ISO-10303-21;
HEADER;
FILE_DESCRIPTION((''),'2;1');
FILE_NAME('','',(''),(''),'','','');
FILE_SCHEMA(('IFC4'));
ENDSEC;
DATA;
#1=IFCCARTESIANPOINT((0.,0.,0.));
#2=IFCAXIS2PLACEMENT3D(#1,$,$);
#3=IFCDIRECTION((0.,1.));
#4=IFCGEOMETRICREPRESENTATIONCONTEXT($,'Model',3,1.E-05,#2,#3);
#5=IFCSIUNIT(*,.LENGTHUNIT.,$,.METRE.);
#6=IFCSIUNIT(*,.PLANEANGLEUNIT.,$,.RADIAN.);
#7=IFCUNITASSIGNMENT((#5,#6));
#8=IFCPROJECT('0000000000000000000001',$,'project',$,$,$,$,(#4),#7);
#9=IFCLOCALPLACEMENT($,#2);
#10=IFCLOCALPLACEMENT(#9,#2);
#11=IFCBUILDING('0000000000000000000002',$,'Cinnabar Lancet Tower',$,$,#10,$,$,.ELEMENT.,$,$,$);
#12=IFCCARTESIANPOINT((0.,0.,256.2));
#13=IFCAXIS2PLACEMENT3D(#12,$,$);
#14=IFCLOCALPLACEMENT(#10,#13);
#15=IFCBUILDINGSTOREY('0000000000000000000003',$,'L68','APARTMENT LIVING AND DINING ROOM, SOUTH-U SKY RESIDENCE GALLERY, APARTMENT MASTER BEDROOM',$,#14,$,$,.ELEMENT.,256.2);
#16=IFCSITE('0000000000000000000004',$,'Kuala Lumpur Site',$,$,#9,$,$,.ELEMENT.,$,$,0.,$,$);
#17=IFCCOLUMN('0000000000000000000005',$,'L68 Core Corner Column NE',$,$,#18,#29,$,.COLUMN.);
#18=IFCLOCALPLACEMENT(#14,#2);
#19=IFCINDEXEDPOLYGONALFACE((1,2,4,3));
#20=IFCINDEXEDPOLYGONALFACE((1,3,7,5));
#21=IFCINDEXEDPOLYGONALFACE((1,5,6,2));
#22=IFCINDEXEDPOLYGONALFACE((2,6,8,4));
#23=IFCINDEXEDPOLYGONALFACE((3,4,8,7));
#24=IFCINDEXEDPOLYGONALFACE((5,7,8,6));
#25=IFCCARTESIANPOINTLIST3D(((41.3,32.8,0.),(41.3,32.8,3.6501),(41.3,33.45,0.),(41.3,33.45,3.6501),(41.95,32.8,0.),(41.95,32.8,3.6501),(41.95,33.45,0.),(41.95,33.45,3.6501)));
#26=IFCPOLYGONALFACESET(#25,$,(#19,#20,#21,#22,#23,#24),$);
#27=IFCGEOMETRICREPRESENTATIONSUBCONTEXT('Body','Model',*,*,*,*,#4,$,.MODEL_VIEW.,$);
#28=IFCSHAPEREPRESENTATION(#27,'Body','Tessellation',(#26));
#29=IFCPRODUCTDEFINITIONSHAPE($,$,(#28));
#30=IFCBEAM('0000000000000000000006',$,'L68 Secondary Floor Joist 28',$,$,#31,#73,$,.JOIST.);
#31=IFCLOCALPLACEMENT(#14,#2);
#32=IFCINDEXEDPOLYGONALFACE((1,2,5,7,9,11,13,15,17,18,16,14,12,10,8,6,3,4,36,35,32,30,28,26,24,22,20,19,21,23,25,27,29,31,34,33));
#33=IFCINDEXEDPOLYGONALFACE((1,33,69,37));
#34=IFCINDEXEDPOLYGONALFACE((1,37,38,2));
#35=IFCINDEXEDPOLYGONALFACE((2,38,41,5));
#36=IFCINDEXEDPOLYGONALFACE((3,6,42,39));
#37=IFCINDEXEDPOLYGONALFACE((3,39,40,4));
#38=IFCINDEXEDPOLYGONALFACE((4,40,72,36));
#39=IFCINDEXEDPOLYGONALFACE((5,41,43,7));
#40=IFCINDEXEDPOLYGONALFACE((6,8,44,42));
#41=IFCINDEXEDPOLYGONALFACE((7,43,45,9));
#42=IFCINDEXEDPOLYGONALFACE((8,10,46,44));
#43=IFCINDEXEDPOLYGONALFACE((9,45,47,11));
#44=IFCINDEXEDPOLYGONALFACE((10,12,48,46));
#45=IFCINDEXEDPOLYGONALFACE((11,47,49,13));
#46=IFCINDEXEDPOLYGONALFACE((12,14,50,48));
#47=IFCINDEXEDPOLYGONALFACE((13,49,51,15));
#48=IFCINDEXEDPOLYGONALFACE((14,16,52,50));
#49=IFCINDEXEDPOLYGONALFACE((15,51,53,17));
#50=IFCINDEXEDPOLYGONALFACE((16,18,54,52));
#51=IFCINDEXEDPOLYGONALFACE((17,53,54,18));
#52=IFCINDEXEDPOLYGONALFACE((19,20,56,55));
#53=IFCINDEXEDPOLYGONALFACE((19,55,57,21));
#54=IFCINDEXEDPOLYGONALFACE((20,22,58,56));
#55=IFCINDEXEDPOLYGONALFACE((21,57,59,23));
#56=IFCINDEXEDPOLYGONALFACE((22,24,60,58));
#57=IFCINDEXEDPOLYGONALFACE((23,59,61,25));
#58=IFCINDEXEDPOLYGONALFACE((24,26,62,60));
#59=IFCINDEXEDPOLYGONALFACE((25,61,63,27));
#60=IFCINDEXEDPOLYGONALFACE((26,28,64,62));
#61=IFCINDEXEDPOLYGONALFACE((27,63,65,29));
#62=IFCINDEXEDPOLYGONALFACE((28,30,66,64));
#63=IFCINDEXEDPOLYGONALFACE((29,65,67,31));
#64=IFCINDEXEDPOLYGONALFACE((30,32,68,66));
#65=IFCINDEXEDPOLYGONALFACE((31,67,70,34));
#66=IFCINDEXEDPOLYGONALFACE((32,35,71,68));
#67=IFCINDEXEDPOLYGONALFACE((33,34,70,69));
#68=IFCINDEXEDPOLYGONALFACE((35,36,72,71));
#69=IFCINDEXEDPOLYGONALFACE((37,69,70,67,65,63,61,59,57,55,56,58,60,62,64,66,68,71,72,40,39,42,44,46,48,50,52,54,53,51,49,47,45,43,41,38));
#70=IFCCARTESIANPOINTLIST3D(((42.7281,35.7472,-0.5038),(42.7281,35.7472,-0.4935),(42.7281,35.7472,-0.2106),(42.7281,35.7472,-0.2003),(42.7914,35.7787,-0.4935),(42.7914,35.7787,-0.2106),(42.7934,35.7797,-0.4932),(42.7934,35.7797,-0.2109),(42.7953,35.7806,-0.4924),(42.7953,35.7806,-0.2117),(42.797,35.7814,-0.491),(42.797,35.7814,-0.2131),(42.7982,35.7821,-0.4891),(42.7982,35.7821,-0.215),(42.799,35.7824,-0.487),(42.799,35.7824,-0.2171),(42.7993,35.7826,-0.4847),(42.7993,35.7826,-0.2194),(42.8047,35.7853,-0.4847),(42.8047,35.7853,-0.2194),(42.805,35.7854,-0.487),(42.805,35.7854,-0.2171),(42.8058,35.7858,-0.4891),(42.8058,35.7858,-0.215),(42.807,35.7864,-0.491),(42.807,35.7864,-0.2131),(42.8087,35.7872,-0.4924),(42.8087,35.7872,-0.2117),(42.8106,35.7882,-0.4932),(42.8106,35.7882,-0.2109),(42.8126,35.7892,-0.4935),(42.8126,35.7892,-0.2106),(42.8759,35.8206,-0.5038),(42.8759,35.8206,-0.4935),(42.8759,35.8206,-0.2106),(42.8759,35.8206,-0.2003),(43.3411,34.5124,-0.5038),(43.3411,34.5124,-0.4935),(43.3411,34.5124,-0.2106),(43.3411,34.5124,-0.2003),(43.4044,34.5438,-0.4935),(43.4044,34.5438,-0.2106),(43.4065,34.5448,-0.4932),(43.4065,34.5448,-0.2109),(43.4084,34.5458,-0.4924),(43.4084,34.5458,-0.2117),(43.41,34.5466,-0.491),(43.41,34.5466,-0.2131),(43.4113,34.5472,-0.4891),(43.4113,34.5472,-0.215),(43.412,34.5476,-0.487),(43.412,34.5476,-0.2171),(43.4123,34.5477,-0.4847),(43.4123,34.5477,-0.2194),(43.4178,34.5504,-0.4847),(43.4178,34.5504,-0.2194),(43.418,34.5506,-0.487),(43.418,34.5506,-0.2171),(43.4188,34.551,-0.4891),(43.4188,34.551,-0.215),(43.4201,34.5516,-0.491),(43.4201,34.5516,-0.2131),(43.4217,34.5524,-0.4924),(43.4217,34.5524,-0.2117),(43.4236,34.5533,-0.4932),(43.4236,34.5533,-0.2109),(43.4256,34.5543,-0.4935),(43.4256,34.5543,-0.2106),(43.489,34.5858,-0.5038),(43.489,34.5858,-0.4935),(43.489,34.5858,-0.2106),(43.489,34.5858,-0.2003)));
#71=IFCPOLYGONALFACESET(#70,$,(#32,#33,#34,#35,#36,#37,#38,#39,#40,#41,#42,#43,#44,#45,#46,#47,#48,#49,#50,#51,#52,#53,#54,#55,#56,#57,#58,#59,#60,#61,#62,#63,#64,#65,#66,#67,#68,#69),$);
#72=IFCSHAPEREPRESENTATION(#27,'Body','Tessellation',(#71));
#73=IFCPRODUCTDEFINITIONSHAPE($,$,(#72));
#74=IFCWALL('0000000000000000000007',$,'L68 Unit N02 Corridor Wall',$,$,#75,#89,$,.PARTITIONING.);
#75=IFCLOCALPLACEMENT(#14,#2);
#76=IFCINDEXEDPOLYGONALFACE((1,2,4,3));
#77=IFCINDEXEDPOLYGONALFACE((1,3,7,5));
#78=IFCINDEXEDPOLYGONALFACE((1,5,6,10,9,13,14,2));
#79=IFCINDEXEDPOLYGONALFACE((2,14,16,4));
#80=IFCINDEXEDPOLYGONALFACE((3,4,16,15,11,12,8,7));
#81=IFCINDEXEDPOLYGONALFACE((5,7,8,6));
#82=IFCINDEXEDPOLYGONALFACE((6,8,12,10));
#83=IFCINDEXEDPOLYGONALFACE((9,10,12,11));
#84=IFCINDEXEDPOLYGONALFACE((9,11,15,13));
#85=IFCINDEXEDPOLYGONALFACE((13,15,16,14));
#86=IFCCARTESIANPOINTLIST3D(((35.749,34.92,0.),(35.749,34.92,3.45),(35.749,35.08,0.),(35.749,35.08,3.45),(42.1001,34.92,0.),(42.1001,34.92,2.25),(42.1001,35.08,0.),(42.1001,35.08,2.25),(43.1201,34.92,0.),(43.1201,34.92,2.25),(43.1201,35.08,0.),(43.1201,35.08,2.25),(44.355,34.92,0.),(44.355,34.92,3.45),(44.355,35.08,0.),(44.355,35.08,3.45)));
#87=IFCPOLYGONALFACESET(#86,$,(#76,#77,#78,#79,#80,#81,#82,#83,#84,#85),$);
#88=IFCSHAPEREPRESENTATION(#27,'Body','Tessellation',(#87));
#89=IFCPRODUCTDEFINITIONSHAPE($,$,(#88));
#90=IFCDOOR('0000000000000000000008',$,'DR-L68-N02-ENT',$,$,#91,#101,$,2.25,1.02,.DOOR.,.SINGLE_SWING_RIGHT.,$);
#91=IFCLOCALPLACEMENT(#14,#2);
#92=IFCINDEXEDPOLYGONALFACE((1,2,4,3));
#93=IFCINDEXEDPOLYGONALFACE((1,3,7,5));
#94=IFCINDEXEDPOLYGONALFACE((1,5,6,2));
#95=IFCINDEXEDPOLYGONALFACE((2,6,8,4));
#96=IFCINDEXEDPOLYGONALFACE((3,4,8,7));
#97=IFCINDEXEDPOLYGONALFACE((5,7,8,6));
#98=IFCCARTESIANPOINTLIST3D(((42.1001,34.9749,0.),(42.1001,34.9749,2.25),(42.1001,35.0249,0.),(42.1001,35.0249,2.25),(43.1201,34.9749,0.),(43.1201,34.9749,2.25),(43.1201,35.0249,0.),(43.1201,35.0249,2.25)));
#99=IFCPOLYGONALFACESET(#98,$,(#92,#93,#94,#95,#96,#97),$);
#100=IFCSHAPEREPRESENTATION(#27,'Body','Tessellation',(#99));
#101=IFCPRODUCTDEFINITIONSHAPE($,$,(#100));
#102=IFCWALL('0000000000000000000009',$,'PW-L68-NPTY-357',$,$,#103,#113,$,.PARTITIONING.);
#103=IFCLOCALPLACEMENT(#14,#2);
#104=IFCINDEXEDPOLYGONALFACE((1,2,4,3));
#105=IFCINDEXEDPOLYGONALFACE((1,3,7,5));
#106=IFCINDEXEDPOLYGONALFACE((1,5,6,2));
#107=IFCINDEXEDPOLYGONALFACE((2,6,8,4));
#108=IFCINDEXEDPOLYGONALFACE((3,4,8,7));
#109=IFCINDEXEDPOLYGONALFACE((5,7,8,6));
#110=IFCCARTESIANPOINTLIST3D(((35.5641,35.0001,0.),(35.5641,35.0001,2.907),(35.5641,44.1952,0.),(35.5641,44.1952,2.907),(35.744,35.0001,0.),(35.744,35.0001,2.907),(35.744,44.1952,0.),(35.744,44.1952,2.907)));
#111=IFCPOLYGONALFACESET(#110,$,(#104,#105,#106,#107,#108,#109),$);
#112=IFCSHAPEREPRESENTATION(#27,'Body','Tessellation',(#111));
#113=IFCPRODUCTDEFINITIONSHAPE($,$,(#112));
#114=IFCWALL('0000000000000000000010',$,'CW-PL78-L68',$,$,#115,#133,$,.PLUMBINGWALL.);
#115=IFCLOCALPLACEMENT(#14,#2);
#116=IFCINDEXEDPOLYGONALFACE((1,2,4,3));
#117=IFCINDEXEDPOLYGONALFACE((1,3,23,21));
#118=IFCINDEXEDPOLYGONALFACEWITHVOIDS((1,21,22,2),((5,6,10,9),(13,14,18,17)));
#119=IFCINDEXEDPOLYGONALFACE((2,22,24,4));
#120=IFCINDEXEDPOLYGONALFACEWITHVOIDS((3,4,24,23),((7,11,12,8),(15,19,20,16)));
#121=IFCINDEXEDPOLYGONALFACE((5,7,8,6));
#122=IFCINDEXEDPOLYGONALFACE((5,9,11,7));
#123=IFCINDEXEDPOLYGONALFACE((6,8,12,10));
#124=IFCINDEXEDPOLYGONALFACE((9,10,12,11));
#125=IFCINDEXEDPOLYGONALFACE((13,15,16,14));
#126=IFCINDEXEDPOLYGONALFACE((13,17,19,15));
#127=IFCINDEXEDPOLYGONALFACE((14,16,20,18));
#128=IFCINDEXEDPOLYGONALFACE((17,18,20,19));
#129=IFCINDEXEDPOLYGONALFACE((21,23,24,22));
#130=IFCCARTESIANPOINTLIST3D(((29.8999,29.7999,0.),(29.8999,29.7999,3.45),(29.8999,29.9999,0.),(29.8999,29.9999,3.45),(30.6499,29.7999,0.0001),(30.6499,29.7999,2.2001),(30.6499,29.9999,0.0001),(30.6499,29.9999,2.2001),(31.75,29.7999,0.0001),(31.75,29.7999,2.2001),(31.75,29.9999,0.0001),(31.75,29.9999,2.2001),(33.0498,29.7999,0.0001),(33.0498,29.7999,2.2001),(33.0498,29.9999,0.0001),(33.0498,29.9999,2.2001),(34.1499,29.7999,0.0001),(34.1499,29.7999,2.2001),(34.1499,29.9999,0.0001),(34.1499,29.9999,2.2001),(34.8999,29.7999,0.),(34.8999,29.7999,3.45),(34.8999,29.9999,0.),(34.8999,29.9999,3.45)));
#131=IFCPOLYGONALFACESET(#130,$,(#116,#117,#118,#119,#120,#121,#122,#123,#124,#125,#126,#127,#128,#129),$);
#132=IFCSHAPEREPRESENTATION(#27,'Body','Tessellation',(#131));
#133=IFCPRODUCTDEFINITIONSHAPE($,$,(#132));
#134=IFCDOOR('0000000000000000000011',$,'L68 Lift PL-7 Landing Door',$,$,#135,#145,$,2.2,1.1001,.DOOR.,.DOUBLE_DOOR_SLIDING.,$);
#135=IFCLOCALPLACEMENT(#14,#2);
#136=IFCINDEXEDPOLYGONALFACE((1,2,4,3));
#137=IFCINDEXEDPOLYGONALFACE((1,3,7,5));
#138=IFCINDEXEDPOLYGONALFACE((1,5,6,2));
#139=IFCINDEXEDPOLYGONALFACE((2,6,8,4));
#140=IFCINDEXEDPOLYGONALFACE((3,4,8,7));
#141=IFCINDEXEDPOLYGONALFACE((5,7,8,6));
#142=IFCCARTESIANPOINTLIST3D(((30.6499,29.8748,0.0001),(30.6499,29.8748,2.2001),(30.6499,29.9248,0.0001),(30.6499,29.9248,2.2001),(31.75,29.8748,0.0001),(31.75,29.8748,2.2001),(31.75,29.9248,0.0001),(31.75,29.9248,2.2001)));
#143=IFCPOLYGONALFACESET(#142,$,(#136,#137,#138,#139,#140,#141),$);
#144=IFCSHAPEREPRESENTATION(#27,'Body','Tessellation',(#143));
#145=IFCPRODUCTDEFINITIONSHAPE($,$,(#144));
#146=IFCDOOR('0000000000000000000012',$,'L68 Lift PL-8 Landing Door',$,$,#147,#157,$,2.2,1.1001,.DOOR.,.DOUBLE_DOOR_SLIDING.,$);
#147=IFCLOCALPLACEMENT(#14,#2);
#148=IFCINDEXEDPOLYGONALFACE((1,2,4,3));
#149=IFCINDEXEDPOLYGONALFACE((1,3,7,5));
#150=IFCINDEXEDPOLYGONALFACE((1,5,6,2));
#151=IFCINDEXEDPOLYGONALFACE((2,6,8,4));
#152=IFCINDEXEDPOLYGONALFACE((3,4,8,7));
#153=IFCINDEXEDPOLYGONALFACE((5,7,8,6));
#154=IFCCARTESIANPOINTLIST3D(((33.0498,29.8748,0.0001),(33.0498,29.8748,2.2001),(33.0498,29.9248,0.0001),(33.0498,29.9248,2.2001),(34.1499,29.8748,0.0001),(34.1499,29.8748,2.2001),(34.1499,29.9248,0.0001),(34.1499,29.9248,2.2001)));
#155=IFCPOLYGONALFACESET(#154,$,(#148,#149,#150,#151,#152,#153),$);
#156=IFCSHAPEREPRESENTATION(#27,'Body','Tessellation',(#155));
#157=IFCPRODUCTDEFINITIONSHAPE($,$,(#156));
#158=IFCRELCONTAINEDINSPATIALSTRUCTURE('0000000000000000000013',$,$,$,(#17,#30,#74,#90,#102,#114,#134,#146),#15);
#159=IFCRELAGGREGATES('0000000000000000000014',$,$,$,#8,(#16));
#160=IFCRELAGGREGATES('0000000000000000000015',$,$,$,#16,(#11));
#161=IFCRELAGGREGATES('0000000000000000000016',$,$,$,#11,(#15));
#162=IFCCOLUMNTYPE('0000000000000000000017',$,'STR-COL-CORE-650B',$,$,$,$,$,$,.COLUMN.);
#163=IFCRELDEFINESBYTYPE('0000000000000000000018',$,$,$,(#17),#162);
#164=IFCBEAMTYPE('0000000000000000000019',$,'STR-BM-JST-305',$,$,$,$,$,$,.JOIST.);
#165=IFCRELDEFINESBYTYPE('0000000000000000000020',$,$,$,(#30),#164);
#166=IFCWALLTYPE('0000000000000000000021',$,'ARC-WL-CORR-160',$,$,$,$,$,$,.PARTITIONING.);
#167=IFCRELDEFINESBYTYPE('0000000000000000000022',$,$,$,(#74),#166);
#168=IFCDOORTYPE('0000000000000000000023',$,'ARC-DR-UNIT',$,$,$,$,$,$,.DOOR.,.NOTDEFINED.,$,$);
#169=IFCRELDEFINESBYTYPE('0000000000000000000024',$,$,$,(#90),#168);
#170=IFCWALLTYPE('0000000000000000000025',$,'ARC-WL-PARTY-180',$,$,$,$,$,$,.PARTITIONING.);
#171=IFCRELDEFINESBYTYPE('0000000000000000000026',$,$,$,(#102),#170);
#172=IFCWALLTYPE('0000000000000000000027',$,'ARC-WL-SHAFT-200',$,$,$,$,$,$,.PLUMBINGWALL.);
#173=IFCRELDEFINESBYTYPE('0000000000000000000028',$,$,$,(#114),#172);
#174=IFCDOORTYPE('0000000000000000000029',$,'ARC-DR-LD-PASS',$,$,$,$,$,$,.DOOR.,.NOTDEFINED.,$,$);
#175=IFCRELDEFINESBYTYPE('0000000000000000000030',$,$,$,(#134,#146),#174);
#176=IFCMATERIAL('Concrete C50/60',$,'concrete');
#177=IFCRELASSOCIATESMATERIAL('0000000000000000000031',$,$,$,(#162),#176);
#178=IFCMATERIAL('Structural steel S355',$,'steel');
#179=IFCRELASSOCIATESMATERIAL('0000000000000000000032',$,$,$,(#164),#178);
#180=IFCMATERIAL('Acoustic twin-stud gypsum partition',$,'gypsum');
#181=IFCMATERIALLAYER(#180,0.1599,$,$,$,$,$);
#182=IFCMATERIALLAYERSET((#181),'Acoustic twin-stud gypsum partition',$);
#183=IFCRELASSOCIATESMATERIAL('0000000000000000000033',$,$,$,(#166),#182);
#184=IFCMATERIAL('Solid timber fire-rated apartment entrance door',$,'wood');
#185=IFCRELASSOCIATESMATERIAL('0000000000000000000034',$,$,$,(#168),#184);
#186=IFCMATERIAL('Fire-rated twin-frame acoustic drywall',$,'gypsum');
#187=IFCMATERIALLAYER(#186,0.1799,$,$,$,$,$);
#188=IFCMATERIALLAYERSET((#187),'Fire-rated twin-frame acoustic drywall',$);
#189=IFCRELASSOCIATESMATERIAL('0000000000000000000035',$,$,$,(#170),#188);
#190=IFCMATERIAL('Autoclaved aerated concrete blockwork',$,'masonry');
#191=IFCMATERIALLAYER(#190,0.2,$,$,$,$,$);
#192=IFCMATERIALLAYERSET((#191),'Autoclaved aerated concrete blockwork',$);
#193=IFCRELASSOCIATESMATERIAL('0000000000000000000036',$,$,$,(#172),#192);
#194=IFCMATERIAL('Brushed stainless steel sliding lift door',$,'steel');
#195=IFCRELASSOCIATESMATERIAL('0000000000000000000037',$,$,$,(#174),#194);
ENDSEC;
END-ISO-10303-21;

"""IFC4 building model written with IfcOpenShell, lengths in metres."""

from ifc_helpers import new_model, si_unit, direction, frame, frame_2d, origin, origin_2d, place, context, subcontext, project, spatial, rectangle, i_section, extrude, material, layer, layer_set, material_profile, profile_set, type_object, element, fill, save


model = new_model("IFC4")

# Units and contexts
model_context = context("Model", 3, precision=1e-05, world=origin(), true_north=direction((0.0, 1.0)))
body_context = subcontext(model_context, "Body", "Model", "MODEL_VIEW")
ifc_project = project(units=[si_unit("LENGTHUNIT", "METRE"), si_unit("PLANEANGLEUNIT", "RADIAN")], contexts=[model_context])

# Site, building, storey
site_placement = place(None, origin())
site = spatial("IfcSite", under=ifc_project, at=site_placement, Name="Kuala Lumpur Site", CompositionType="ELEMENT", RefElevation=0.0)
building_placement = place(site_placement, origin())
building = spatial("IfcBuilding", under=site, at=building_placement, Name="Cinnabar Lancet Tower", CompositionType="ELEMENT")
storey_placement = place(building_placement, frame((0.0, 0.0, 256.2)))
storey = spatial("IfcBuildingStorey", under=building, at=storey_placement, Name="L68", Description="APARTMENT LIVING AND DINING ROOM, SOUTH-U SKY RESIDENCE GALLERY, APARTMENT MASTER BEDROOM", CompositionType="ELEMENT", Elevation=256.2)

# Column
ifc_material_1 = material(Name="Concrete C50/60", Category="concrete")
ifc_material_profile_1 = material_profile(ifc_material_1, rectangle(XDim=0.6499, YDim=0.6499, at=origin_2d()), Name="RC-COL 650x650")
ifc_profile_set_1 = profile_set([ifc_material_profile_1], Name="Concrete C50/60")
column_type = type_object("IfcColumnType", Name="STR-COL-CORE-650B", PredefinedType="COLUMN", material=ifc_profile_set_1)
column_placement = place(storey_placement, frame((41.625, 33.125, 0.0), z_axis=(0.0, 0.0, 1.0), x_axis=(1.0, 0.0, 0.0)))
element("IfcColumn", 1, at=column_placement, inside=storey, type_object=column_type, Name="L68 Core Corner Column NE", PredefinedType="COLUMN", context=body_context, shape_type="SweptSolid", body=[
    extrude(rectangle(XDim=0.6499, YDim=0.6499, at=origin_2d()), origin(), (0.0, 0.0, 1.0), 3.6501),
])

# Beam
ifc_material_2 = material(Name="Structural steel S355", Category="steel")
ifc_material_profile_2 = material_profile(ifc_material_2, i_section(OverallWidth=0.165, OverallDepth=0.3035, WebThickness=0.0061, FlangeThickness=0.0103, FilletRadius=0.0088, at=origin_2d()), Name="UKB 305x165x40")
ifc_profile_set_2 = profile_set([ifc_material_profile_2], Name="Structural steel S355")
beam_type = type_object("IfcBeamType", Name="STR-BM-JST-305", PredefinedType="JOIST", material=ifc_profile_set_2)
beam_placement = place(storey_placement, frame((43.415, 34.5491, -0.3521), z_axis=(-0.444662, 0.895699, 0.0), x_axis=(-0.895699, -0.444662, 0.0)))
element("IfcBeam", 2, at=beam_placement, inside=storey, type_object=beam_type, Name="L68 Secondary Floor Joist 28", PredefinedType="JOIST", context=body_context, shape_type="SweptSolid", body=[
    extrude(i_section(OverallWidth=0.165, OverallDepth=0.3035, WebThickness=0.0061, FlangeThickness=0.0103, FilletRadius=0.0088, at=origin_2d()), origin(), (0.0, 0.0, 1.0), 1.3787),
])

# Wall, opening, door
ifc_material_3 = material(Name="Acoustic twin-stud gypsum partition", Category="gypsum")
ifc_layer_1 = layer(ifc_material_3, 0.1599)
ifc_layer_set_1 = layer_set([ifc_layer_1], Name="Acoustic twin-stud gypsum partition")
wall_type_1 = type_object("IfcWallType", Name="ARC-WL-CORR-160", PredefinedType="PARTITIONING", material=ifc_layer_set_1)
wall_1_placement = place(storey_placement, frame((35.749, 35.0, 0.0), z_axis=(0.0, 0.0, 1.0), x_axis=(1.0, 0.0, 0.0)))
wall_1 = element("IfcWall", 3, at=wall_1_placement, inside=storey, type_object=wall_type_1, Name="L68 Unit N02 Corridor Wall", PredefinedType="PARTITIONING", context=body_context, shape_type="SweptSolid", body=[
    extrude(rectangle(XDim=8.606, YDim=0.1599, at=frame_2d((4.303, 0.0))), origin(), (0.0, 0.0, 1.0), 3.45),
])
opening_1_placement = place(wall_1_placement, frame((6.3511, 0.0, 0.0)))
opening_1 = element("IfcOpeningElement", 4, at=opening_1_placement, cuts=wall_1, PredefinedType="OPENING", context=body_context, shape_type="SweptSolid", body=[
    extrude(rectangle(XDim=1.02, YDim=2.25, at=frame_2d((0.51, 1.125))), frame((0.0, 0.0898, 0.0), z_axis=(0.0, -1.0, 0.0), x_axis=(1.0, 0.0, 0.0)), (0.0, 0.0, 1.0), 0.1799),
])
ifc_material_4 = material(Name="Solid timber fire-rated apartment entrance door", Category="wood")
door_type_1 = type_object("IfcDoorType", Name="ARC-DR-UNIT", OperationType="NOTDEFINED", PredefinedType="DOOR", material=ifc_material_4)
door_1_placement = place(opening_1_placement, origin())
door_1 = element("IfcDoor", 5, at=door_1_placement, inside=storey, type_object=door_type_1, Name="DR-L68-N02-ENT", OperationType="SINGLE_SWING_RIGHT", OverallHeight=2.25, OverallWidth=1.02, PredefinedType="DOOR", context=body_context, shape_type="SweptSolid", body=[
    extrude(rectangle(XDim=1.02, YDim=2.25, at=frame_2d((0.51, 1.125))), frame((0.0, 0.0249, 0.0), z_axis=(0.0, -1.0, 0.0), x_axis=(1.0, 0.0, 0.0)), (0.0, 0.0, 1.0), 0.05),
])
fill(opening_1, door_1)

# Wall
ifc_material_5 = material(Name="Fire-rated twin-frame acoustic drywall", Category="gypsum")
ifc_layer_2 = layer(ifc_material_5, 0.1799)
ifc_layer_set_2 = layer_set([ifc_layer_2], Name="Fire-rated twin-frame acoustic drywall")
wall_type_2 = type_object("IfcWallType", Name="ARC-WL-PARTY-180", PredefinedType="PARTITIONING", material=ifc_layer_set_2)
wall_2_placement = place(storey_placement, frame((35.6541, 35.0, 0.0), z_axis=(0.0, 0.0, 1.0), x_axis=(0.0, 1.0, 0.0)))
element("IfcWall", 6, at=wall_2_placement, inside=storey, type_object=wall_type_2, Name="PW-L68-NPTY-357", PredefinedType="PARTITIONING", context=body_context, shape_type="SweptSolid", body=[
    extrude(rectangle(XDim=9.1951, YDim=0.1799, at=frame_2d((4.5977, 0.0))), origin(), (0.0, 0.0, 1.0), 2.907),
])

# Wall, openings, doors
ifc_material_6 = material(Name="Autoclaved aerated concrete blockwork", Category="masonry")
ifc_layer_3 = layer(ifc_material_6, 0.2)
ifc_layer_set_3 = layer_set([ifc_layer_3], Name="Autoclaved aerated concrete blockwork")
wall_type_3 = type_object("IfcWallType", Name="ARC-WL-SHAFT-200", PredefinedType="PLUMBINGWALL", material=ifc_layer_set_3)
wall_3_placement = place(storey_placement, frame((29.8999, 29.8999, 0.0), z_axis=(0.0, 0.0, 1.0), x_axis=(1.0, 0.0, 0.0)))
wall_3 = element("IfcWall", 7, at=wall_3_placement, inside=storey, type_object=wall_type_3, Name="CW-PL78-L68", PredefinedType="PLUMBINGWALL", context=body_context, shape_type="SweptSolid", body=[
    extrude(rectangle(XDim=5.0, YDim=0.2, at=frame_2d((2.5, 0.0))), origin(), (0.0, 0.0, 1.0), 3.45),
])
opening_2_placement = place(wall_3_placement, frame((0.75, 0.0, 0.0)))
opening_2 = element("IfcOpeningElement", 8, at=opening_2_placement, cuts=wall_3, PredefinedType="OPENING", context=body_context, shape_type="SweptSolid", body=[
    extrude(rectangle(XDim=1.1001, YDim=2.2, at=frame_2d((0.55, 1.1001))), frame((0.0, 0.1099, 0.0), z_axis=(0.0, -1.0, 0.0), x_axis=(1.0, 0.0, 0.0)), (0.0, 0.0, 1.0), 0.22),
])
opening_3_placement = place(wall_3_placement, frame((3.1499, 0.0, 0.0)))
opening_3 = element("IfcOpeningElement", 9, at=opening_3_placement, cuts=wall_3, PredefinedType="OPENING", context=body_context, shape_type="SweptSolid", body=[
    extrude(rectangle(XDim=1.1001, YDim=2.2, at=frame_2d((0.55, 1.1001))), frame((0.0, 0.1099, 0.0), z_axis=(0.0, -1.0, 0.0), x_axis=(1.0, 0.0, 0.0)), (0.0, 0.0, 1.0), 0.22),
])
ifc_material_7 = material(Name="Brushed stainless steel sliding lift door", Category="steel")
door_type_2 = type_object("IfcDoorType", Name="ARC-DR-LD-PASS", OperationType="NOTDEFINED", PredefinedType="DOOR", material=ifc_material_7)
door_2_placement = place(opening_2_placement, origin())
door_2 = element("IfcDoor", 10, at=door_2_placement, inside=storey, type_object=door_type_2, Name="L68 Lift PL-7 Landing Door", OperationType="DOUBLE_DOOR_SLIDING", OverallHeight=2.2, OverallWidth=1.1001, PredefinedType="DOOR", context=body_context, shape_type="SweptSolid", body=[
    extrude(rectangle(XDim=1.1001, YDim=2.2, at=frame_2d((0.55, 1.1001))), frame((0.0, 0.0249, 0.0), z_axis=(0.0, -1.0, 0.0), x_axis=(1.0, 0.0, 0.0)), (0.0, 0.0, 1.0), 0.05),
])
fill(opening_2, door_2)
door_3_placement = place(opening_3_placement, origin())
door_3 = element("IfcDoor", 11, at=door_3_placement, inside=storey, type_object=door_type_2, Name="L68 Lift PL-8 Landing Door", OperationType="DOUBLE_DOOR_SLIDING", OverallHeight=2.2, OverallWidth=1.1001, PredefinedType="DOOR", context=body_context, shape_type="SweptSolid", body=[
    extrude(rectangle(XDim=1.1001, YDim=2.2, at=frame_2d((0.55, 1.1001))), frame((0.0, 0.0249, 0.0), z_axis=(0.0, -1.0, 0.0), x_axis=(1.0, 0.0, 0.0)), (0.0, 0.0, 1.0), 0.05),
])
fill(opening_3, door_3)

save(model, "model.ifc")
